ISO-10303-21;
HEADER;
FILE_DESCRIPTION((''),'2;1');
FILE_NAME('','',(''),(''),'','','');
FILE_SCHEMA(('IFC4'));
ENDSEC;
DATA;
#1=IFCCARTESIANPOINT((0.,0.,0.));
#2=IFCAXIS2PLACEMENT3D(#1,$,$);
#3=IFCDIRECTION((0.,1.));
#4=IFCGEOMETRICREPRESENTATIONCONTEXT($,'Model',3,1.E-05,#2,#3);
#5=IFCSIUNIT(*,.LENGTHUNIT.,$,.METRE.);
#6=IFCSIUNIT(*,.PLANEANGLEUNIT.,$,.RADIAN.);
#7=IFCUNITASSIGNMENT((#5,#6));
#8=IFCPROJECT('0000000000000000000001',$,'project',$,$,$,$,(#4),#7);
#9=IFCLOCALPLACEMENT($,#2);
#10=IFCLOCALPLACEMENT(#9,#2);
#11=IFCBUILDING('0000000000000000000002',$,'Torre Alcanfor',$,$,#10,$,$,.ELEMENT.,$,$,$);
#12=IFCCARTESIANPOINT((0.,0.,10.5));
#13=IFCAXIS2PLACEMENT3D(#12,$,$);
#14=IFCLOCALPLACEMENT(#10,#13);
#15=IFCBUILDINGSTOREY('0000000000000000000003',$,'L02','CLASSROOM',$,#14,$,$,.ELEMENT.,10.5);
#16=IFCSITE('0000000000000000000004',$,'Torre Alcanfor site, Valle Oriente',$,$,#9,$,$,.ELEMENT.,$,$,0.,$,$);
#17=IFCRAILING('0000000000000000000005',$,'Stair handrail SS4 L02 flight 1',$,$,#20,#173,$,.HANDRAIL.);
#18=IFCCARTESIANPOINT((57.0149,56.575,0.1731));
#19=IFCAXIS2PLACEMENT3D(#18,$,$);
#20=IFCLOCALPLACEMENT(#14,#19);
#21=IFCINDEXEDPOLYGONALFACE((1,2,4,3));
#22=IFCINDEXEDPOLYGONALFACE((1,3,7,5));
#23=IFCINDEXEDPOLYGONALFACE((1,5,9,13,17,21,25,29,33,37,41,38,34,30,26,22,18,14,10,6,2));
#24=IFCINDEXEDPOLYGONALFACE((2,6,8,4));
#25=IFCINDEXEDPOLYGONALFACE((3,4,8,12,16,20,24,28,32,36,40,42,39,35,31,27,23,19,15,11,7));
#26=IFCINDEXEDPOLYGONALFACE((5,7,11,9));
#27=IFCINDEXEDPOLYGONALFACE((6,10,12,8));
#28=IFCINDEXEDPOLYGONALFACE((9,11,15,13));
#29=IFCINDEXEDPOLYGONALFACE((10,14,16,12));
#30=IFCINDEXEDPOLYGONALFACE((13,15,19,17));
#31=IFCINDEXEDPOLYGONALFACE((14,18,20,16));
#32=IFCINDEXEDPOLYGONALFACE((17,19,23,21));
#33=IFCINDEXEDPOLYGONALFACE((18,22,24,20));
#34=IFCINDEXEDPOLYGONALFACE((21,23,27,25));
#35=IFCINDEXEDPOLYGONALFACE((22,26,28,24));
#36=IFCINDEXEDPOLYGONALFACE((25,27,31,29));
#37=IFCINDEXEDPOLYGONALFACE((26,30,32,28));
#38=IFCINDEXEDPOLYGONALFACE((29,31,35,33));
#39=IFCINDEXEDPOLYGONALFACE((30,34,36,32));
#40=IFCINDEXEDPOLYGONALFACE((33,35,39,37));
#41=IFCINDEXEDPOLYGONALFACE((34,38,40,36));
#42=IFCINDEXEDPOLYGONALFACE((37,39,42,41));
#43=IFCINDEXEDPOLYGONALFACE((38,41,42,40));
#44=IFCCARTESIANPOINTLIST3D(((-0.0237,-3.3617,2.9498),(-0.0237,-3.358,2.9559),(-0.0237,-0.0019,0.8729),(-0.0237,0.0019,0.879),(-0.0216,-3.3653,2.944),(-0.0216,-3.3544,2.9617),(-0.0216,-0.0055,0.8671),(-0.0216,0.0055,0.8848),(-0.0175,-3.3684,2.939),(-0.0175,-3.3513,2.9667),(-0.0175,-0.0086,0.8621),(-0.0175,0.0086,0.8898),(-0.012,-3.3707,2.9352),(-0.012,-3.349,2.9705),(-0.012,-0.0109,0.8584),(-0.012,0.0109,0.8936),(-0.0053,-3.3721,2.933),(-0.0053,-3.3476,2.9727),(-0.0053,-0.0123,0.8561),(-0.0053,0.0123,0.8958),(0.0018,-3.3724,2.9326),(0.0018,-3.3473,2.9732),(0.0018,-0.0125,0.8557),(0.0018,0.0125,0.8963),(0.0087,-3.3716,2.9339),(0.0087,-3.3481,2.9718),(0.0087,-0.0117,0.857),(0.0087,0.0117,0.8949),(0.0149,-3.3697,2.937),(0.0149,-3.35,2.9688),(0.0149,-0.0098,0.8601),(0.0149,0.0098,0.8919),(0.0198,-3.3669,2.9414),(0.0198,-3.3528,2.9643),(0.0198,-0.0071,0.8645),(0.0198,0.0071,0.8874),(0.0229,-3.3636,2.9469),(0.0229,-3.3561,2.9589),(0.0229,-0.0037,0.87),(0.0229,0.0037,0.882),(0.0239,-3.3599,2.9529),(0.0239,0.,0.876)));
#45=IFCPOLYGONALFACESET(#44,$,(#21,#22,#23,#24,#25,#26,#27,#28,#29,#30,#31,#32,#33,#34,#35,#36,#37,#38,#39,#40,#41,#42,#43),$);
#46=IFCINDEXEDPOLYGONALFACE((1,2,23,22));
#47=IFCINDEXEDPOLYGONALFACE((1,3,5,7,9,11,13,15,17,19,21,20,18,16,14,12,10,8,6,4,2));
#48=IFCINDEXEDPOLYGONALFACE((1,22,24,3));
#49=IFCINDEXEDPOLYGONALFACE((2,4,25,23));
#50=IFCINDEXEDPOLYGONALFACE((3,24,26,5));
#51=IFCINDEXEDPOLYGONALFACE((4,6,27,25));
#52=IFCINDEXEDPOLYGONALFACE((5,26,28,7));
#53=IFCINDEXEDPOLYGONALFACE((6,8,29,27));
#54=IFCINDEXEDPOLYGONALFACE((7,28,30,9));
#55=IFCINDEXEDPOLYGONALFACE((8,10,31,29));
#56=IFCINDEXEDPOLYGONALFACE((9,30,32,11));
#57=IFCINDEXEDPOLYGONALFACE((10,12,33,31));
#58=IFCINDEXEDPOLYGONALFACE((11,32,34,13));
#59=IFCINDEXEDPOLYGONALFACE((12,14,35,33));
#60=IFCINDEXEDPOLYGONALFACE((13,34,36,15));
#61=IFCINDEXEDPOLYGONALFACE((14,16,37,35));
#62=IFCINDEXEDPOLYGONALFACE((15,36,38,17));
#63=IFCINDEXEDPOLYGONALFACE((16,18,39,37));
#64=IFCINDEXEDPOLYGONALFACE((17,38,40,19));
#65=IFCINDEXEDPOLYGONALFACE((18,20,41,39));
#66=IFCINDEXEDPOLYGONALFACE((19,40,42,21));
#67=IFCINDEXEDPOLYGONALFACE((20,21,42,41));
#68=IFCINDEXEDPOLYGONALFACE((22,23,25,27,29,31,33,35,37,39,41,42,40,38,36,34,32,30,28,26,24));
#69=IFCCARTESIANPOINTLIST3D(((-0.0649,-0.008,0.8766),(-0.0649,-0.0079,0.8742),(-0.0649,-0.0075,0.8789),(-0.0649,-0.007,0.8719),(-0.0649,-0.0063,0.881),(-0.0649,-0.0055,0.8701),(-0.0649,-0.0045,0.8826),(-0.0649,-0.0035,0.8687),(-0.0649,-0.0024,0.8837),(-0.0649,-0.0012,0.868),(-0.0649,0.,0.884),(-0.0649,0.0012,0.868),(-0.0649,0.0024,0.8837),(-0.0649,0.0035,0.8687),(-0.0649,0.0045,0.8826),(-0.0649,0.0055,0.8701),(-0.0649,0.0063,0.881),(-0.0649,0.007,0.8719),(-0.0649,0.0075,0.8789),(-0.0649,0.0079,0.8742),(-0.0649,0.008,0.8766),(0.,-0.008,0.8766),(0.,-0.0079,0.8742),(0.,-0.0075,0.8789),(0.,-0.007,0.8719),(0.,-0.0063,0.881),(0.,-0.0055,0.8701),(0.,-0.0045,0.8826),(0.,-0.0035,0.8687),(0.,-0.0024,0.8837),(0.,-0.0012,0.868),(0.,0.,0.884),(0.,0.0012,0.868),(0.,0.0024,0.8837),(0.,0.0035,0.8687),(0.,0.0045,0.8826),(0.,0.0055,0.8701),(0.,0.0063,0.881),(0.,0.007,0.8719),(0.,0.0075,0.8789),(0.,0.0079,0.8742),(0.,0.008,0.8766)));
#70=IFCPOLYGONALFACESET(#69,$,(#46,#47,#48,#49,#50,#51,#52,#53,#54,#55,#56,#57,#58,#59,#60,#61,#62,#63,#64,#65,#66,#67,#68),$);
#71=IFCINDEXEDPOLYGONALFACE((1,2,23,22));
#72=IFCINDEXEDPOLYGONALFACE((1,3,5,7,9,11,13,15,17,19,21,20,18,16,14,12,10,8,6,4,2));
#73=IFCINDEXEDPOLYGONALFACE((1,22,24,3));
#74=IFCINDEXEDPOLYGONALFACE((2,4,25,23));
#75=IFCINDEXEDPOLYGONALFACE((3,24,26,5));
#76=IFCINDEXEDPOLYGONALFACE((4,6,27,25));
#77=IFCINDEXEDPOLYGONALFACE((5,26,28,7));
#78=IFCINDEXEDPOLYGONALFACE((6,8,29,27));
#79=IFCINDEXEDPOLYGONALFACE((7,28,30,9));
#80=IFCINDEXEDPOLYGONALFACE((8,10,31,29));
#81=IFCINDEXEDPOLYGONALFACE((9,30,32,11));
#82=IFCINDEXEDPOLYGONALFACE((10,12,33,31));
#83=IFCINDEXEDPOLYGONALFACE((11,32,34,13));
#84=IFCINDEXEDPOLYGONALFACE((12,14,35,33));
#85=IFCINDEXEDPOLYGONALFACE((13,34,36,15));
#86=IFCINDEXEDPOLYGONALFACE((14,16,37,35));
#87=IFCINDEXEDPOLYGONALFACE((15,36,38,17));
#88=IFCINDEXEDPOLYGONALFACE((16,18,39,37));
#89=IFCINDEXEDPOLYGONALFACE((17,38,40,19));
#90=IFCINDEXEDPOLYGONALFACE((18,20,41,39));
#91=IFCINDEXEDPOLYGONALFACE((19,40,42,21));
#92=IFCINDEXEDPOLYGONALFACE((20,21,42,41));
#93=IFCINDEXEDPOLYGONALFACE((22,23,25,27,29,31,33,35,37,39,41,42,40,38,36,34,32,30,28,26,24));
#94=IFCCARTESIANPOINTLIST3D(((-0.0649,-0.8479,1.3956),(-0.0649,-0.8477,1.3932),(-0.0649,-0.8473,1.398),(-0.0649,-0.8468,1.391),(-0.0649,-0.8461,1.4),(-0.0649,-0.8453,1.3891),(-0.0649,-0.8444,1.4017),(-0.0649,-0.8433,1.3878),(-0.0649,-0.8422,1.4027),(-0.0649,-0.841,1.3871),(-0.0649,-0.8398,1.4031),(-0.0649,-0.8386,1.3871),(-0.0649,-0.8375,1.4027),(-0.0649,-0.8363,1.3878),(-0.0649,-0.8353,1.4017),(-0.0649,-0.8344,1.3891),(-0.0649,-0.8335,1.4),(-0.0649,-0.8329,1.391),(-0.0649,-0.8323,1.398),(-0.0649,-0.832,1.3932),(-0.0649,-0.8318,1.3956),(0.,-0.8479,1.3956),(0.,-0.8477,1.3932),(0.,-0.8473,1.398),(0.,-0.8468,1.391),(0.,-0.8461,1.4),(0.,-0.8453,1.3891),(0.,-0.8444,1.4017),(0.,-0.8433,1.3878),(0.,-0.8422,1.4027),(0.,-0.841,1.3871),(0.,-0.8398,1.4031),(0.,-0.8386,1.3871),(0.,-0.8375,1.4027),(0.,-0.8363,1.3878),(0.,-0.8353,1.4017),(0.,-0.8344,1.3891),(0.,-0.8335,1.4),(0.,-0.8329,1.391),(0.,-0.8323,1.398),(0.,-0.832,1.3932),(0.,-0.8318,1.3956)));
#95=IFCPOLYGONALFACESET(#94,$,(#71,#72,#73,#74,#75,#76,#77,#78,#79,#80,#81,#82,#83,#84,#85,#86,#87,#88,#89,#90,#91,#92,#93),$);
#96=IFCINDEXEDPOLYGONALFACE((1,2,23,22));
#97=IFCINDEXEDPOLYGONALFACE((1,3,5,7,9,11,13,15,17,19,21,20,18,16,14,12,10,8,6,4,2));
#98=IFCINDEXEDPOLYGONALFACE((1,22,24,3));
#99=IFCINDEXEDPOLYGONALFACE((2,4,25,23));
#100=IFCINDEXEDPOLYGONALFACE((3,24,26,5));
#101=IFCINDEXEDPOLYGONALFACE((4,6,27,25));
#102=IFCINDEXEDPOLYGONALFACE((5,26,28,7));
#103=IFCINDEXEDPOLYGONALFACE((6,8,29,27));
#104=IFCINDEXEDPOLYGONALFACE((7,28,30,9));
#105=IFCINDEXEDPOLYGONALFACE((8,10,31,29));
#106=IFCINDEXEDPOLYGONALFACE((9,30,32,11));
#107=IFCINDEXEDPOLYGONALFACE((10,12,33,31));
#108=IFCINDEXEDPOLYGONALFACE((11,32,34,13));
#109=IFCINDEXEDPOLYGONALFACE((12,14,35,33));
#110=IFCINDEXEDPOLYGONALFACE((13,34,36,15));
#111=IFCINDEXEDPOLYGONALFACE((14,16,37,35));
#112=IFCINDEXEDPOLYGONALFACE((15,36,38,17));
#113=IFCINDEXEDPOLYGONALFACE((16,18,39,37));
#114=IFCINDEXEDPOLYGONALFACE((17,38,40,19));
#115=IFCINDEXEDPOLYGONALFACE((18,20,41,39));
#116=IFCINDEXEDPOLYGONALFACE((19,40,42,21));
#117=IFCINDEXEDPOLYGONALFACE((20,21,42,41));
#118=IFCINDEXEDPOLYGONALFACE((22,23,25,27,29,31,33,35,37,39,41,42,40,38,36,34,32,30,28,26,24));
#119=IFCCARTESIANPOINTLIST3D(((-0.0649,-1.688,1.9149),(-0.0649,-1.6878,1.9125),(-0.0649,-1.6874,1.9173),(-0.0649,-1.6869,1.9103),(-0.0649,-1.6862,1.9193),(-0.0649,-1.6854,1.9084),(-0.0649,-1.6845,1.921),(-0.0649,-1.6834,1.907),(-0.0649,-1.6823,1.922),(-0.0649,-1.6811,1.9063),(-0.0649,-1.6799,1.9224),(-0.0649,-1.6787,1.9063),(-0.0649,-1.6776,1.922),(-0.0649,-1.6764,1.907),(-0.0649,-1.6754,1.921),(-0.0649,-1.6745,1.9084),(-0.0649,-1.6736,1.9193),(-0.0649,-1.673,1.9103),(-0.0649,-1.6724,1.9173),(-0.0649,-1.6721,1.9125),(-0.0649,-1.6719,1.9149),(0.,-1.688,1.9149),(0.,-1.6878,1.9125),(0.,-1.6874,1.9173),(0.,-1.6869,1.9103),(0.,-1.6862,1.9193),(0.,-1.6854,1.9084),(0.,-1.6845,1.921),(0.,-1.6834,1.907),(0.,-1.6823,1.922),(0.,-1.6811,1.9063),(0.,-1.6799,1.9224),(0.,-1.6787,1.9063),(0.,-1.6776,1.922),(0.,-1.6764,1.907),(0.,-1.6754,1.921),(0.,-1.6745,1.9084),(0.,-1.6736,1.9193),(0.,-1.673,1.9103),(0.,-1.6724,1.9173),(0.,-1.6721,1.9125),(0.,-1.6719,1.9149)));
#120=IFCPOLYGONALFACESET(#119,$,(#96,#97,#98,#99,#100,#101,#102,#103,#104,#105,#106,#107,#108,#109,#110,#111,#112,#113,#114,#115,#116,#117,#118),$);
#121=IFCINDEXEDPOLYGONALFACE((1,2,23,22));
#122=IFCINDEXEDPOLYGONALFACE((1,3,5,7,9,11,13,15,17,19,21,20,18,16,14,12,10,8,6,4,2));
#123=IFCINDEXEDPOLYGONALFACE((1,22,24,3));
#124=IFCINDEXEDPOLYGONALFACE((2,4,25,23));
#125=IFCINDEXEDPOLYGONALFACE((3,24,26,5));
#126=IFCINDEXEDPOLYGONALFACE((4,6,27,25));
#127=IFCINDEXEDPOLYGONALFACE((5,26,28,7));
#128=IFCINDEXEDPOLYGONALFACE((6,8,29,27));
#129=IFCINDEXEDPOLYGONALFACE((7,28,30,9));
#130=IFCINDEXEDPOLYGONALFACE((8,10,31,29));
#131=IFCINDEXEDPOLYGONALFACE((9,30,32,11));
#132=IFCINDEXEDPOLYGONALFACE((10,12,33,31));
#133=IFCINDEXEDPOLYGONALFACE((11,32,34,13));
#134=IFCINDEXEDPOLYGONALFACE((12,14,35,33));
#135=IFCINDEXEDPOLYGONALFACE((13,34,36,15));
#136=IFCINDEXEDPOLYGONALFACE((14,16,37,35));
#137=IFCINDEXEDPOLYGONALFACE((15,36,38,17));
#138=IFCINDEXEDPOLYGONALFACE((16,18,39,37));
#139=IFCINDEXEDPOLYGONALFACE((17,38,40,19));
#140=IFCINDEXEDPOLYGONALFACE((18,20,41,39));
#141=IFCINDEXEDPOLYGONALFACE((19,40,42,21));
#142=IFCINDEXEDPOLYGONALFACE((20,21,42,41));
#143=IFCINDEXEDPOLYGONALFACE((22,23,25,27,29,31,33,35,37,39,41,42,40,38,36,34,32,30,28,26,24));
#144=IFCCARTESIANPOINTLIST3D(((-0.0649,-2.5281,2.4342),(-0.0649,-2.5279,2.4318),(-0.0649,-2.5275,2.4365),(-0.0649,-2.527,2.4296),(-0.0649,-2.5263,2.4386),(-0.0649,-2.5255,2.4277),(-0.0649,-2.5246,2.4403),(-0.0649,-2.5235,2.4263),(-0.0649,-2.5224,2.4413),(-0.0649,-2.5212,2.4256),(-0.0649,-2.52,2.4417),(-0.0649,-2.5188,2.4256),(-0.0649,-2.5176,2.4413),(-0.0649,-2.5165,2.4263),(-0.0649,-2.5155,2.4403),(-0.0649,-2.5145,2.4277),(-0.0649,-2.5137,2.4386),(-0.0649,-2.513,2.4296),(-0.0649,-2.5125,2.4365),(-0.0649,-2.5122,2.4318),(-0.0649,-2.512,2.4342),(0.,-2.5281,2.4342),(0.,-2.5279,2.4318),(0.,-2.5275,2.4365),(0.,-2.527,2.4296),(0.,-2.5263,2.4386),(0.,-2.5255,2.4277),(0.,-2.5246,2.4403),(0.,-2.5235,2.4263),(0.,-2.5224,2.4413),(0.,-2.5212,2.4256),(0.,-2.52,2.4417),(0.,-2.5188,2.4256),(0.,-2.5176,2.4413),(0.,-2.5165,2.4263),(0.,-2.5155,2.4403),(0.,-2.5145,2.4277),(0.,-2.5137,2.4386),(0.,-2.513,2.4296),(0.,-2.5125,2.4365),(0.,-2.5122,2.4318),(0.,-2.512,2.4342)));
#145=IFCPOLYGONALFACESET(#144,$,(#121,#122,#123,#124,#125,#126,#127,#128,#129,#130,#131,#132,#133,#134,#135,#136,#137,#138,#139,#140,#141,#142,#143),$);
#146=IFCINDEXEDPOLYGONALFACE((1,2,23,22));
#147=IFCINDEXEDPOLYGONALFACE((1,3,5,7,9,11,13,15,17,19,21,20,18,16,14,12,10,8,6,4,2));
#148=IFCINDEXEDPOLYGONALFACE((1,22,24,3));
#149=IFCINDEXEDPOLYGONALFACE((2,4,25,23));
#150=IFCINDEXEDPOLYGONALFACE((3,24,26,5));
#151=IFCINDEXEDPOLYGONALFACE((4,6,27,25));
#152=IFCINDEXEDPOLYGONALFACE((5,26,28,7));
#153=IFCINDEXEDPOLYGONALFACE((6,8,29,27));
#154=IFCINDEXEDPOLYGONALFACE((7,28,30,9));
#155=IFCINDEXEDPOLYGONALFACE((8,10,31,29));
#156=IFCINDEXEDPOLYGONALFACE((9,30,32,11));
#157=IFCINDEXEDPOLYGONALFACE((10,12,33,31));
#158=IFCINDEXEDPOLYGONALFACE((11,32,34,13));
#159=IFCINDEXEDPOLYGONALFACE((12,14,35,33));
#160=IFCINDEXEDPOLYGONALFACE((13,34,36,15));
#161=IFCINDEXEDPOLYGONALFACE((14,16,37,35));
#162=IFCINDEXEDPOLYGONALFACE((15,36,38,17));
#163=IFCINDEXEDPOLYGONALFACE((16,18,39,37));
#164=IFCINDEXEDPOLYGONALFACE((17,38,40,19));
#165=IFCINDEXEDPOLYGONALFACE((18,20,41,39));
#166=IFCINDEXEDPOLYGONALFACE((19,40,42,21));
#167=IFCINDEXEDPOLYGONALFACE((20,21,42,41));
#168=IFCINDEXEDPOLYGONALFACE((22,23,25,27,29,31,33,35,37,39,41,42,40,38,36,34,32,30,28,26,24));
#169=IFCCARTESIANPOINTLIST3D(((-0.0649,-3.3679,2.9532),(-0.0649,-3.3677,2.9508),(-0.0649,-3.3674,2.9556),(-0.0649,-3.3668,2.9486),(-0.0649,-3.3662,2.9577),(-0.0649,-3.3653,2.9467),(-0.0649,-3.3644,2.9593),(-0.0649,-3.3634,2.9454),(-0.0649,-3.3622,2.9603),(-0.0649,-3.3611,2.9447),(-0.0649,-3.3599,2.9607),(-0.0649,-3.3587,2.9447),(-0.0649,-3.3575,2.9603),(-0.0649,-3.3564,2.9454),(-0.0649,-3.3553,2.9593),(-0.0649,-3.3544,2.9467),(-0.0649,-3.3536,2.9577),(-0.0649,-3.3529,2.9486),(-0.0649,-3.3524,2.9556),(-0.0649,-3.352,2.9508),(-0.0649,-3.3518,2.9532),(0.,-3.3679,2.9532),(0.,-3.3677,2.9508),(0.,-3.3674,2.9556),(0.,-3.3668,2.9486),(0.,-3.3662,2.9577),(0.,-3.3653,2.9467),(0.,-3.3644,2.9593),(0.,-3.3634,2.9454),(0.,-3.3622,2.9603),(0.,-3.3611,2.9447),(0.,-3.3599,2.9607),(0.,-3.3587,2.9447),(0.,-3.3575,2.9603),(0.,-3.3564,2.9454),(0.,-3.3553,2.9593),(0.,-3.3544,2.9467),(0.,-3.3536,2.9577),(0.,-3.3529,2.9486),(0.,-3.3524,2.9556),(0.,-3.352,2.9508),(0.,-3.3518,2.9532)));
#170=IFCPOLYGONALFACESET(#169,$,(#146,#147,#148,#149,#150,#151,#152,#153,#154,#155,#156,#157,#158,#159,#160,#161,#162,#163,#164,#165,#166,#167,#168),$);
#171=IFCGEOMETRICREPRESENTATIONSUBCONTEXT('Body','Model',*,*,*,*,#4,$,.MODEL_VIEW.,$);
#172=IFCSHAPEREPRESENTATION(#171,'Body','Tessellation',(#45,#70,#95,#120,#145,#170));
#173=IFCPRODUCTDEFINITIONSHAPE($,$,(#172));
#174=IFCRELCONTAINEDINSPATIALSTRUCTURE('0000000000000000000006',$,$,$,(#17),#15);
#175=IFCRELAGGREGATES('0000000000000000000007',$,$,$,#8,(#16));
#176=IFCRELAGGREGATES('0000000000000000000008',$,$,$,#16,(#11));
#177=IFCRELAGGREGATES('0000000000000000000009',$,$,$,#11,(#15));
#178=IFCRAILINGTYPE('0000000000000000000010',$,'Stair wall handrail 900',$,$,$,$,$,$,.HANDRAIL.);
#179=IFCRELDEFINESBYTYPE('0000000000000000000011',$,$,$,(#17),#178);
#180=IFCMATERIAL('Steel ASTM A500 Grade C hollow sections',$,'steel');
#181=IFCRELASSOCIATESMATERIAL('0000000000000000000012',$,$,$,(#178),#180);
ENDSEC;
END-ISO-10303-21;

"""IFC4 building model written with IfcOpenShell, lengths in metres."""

from ifc_helpers import new_model, si_unit, direction, frame, origin, origin_2d, place, context, subcontext, project, spatial, circle, extrude, material, type_object, element, save


model = new_model("IFC4")

# Units and contexts
model_context = context("Model", 3, precision=1e-05, world=origin(), true_north=direction((0.0, 1.0)))
body_context = subcontext(model_context, "Body", "Model", "MODEL_VIEW")
ifc_project = project(units=[si_unit("LENGTHUNIT", "METRE"), si_unit("PLANEANGLEUNIT", "RADIAN")], contexts=[model_context])

# Site, building, storey
site_placement = place(None, origin())
site = spatial("IfcSite", under=ifc_project, at=site_placement, Name="Torre Alcanfor site, Valle Oriente", CompositionType="ELEMENT", RefElevation=0.0)
building_placement = place(site_placement, origin())
building = spatial("IfcBuilding", under=site, at=building_placement, Name="Torre Alcanfor", CompositionType="ELEMENT")
storey_placement = place(building_placement, frame((0.0, 0.0, 10.5)))
storey = spatial("IfcBuildingStorey", under=building, at=storey_placement, Name="L02", Description="CLASSROOM", CompositionType="ELEMENT", Elevation=10.5)

# Railing
ifc_material_1 = material(Name="Steel ASTM A500 Grade C hollow sections", Category="steel")
railing_type_1 = type_object("IfcRailingType", Name="Stair wall handrail 900", PredefinedType="HANDRAIL", material=ifc_material_1)
railing_1_placement = place(storey_placement, frame((57.0149, 56.575, 0.1731)))
element("IfcRailing", 1, at=railing_1_placement, inside=storey, type_object=railing_type_1, Name="Stair handrail SS4 L02 flight 1", PredefinedType="HANDRAIL", context=body_context, shape_type="SweptSolid", body=[
    extrude(circle(Radius=0.0239, at=origin_2d()), frame((0.0, 0.0, 0.876), z_axis=(0.0, -0.850606, 0.525803), x_axis=(1.0, 0.0, 0.0)), (0.0, 0.0, 1.0), 3.95),
    extrude(circle(Radius=0.0081, at=origin_2d()), frame((0.0, 0.0, 0.876), z_axis=(-1.0, 0.0, 0.0), x_axis=(0.0, 0.0, 1.0)), (0.0, 0.0, 1.0), 0.0649),
    extrude(circle(Radius=0.0081, at=origin_2d()), frame((0.0, -0.8398, 1.395), z_axis=(-1.0, 0.0, 0.0), x_axis=(0.0, 0.0, 1.0)), (0.0, 0.0, 1.0), 0.0649),
    extrude(circle(Radius=0.0081, at=origin_2d()), frame((0.0, -1.6799, 1.9143), z_axis=(-1.0, 0.0, 0.0), x_axis=(0.0, 0.0, 1.0)), (0.0, 0.0, 1.0), 0.0649),
    extrude(circle(Radius=0.0081, at=origin_2d()), frame((0.0, -2.52, 2.4336), z_axis=(-1.0, 0.0, 0.0), x_axis=(0.0, 0.0, 1.0)), (0.0, 0.0, 1.0), 0.0649),
    extrude(circle(Radius=0.0081, at=origin_2d()), frame((0.0, -3.3599, 2.9526), z_axis=(-1.0, 0.0, 0.0), x_axis=(0.0, 0.0, 1.0)), (0.0, 0.0, 1.0), 0.0649),
])

save(model, "model.ifc")
